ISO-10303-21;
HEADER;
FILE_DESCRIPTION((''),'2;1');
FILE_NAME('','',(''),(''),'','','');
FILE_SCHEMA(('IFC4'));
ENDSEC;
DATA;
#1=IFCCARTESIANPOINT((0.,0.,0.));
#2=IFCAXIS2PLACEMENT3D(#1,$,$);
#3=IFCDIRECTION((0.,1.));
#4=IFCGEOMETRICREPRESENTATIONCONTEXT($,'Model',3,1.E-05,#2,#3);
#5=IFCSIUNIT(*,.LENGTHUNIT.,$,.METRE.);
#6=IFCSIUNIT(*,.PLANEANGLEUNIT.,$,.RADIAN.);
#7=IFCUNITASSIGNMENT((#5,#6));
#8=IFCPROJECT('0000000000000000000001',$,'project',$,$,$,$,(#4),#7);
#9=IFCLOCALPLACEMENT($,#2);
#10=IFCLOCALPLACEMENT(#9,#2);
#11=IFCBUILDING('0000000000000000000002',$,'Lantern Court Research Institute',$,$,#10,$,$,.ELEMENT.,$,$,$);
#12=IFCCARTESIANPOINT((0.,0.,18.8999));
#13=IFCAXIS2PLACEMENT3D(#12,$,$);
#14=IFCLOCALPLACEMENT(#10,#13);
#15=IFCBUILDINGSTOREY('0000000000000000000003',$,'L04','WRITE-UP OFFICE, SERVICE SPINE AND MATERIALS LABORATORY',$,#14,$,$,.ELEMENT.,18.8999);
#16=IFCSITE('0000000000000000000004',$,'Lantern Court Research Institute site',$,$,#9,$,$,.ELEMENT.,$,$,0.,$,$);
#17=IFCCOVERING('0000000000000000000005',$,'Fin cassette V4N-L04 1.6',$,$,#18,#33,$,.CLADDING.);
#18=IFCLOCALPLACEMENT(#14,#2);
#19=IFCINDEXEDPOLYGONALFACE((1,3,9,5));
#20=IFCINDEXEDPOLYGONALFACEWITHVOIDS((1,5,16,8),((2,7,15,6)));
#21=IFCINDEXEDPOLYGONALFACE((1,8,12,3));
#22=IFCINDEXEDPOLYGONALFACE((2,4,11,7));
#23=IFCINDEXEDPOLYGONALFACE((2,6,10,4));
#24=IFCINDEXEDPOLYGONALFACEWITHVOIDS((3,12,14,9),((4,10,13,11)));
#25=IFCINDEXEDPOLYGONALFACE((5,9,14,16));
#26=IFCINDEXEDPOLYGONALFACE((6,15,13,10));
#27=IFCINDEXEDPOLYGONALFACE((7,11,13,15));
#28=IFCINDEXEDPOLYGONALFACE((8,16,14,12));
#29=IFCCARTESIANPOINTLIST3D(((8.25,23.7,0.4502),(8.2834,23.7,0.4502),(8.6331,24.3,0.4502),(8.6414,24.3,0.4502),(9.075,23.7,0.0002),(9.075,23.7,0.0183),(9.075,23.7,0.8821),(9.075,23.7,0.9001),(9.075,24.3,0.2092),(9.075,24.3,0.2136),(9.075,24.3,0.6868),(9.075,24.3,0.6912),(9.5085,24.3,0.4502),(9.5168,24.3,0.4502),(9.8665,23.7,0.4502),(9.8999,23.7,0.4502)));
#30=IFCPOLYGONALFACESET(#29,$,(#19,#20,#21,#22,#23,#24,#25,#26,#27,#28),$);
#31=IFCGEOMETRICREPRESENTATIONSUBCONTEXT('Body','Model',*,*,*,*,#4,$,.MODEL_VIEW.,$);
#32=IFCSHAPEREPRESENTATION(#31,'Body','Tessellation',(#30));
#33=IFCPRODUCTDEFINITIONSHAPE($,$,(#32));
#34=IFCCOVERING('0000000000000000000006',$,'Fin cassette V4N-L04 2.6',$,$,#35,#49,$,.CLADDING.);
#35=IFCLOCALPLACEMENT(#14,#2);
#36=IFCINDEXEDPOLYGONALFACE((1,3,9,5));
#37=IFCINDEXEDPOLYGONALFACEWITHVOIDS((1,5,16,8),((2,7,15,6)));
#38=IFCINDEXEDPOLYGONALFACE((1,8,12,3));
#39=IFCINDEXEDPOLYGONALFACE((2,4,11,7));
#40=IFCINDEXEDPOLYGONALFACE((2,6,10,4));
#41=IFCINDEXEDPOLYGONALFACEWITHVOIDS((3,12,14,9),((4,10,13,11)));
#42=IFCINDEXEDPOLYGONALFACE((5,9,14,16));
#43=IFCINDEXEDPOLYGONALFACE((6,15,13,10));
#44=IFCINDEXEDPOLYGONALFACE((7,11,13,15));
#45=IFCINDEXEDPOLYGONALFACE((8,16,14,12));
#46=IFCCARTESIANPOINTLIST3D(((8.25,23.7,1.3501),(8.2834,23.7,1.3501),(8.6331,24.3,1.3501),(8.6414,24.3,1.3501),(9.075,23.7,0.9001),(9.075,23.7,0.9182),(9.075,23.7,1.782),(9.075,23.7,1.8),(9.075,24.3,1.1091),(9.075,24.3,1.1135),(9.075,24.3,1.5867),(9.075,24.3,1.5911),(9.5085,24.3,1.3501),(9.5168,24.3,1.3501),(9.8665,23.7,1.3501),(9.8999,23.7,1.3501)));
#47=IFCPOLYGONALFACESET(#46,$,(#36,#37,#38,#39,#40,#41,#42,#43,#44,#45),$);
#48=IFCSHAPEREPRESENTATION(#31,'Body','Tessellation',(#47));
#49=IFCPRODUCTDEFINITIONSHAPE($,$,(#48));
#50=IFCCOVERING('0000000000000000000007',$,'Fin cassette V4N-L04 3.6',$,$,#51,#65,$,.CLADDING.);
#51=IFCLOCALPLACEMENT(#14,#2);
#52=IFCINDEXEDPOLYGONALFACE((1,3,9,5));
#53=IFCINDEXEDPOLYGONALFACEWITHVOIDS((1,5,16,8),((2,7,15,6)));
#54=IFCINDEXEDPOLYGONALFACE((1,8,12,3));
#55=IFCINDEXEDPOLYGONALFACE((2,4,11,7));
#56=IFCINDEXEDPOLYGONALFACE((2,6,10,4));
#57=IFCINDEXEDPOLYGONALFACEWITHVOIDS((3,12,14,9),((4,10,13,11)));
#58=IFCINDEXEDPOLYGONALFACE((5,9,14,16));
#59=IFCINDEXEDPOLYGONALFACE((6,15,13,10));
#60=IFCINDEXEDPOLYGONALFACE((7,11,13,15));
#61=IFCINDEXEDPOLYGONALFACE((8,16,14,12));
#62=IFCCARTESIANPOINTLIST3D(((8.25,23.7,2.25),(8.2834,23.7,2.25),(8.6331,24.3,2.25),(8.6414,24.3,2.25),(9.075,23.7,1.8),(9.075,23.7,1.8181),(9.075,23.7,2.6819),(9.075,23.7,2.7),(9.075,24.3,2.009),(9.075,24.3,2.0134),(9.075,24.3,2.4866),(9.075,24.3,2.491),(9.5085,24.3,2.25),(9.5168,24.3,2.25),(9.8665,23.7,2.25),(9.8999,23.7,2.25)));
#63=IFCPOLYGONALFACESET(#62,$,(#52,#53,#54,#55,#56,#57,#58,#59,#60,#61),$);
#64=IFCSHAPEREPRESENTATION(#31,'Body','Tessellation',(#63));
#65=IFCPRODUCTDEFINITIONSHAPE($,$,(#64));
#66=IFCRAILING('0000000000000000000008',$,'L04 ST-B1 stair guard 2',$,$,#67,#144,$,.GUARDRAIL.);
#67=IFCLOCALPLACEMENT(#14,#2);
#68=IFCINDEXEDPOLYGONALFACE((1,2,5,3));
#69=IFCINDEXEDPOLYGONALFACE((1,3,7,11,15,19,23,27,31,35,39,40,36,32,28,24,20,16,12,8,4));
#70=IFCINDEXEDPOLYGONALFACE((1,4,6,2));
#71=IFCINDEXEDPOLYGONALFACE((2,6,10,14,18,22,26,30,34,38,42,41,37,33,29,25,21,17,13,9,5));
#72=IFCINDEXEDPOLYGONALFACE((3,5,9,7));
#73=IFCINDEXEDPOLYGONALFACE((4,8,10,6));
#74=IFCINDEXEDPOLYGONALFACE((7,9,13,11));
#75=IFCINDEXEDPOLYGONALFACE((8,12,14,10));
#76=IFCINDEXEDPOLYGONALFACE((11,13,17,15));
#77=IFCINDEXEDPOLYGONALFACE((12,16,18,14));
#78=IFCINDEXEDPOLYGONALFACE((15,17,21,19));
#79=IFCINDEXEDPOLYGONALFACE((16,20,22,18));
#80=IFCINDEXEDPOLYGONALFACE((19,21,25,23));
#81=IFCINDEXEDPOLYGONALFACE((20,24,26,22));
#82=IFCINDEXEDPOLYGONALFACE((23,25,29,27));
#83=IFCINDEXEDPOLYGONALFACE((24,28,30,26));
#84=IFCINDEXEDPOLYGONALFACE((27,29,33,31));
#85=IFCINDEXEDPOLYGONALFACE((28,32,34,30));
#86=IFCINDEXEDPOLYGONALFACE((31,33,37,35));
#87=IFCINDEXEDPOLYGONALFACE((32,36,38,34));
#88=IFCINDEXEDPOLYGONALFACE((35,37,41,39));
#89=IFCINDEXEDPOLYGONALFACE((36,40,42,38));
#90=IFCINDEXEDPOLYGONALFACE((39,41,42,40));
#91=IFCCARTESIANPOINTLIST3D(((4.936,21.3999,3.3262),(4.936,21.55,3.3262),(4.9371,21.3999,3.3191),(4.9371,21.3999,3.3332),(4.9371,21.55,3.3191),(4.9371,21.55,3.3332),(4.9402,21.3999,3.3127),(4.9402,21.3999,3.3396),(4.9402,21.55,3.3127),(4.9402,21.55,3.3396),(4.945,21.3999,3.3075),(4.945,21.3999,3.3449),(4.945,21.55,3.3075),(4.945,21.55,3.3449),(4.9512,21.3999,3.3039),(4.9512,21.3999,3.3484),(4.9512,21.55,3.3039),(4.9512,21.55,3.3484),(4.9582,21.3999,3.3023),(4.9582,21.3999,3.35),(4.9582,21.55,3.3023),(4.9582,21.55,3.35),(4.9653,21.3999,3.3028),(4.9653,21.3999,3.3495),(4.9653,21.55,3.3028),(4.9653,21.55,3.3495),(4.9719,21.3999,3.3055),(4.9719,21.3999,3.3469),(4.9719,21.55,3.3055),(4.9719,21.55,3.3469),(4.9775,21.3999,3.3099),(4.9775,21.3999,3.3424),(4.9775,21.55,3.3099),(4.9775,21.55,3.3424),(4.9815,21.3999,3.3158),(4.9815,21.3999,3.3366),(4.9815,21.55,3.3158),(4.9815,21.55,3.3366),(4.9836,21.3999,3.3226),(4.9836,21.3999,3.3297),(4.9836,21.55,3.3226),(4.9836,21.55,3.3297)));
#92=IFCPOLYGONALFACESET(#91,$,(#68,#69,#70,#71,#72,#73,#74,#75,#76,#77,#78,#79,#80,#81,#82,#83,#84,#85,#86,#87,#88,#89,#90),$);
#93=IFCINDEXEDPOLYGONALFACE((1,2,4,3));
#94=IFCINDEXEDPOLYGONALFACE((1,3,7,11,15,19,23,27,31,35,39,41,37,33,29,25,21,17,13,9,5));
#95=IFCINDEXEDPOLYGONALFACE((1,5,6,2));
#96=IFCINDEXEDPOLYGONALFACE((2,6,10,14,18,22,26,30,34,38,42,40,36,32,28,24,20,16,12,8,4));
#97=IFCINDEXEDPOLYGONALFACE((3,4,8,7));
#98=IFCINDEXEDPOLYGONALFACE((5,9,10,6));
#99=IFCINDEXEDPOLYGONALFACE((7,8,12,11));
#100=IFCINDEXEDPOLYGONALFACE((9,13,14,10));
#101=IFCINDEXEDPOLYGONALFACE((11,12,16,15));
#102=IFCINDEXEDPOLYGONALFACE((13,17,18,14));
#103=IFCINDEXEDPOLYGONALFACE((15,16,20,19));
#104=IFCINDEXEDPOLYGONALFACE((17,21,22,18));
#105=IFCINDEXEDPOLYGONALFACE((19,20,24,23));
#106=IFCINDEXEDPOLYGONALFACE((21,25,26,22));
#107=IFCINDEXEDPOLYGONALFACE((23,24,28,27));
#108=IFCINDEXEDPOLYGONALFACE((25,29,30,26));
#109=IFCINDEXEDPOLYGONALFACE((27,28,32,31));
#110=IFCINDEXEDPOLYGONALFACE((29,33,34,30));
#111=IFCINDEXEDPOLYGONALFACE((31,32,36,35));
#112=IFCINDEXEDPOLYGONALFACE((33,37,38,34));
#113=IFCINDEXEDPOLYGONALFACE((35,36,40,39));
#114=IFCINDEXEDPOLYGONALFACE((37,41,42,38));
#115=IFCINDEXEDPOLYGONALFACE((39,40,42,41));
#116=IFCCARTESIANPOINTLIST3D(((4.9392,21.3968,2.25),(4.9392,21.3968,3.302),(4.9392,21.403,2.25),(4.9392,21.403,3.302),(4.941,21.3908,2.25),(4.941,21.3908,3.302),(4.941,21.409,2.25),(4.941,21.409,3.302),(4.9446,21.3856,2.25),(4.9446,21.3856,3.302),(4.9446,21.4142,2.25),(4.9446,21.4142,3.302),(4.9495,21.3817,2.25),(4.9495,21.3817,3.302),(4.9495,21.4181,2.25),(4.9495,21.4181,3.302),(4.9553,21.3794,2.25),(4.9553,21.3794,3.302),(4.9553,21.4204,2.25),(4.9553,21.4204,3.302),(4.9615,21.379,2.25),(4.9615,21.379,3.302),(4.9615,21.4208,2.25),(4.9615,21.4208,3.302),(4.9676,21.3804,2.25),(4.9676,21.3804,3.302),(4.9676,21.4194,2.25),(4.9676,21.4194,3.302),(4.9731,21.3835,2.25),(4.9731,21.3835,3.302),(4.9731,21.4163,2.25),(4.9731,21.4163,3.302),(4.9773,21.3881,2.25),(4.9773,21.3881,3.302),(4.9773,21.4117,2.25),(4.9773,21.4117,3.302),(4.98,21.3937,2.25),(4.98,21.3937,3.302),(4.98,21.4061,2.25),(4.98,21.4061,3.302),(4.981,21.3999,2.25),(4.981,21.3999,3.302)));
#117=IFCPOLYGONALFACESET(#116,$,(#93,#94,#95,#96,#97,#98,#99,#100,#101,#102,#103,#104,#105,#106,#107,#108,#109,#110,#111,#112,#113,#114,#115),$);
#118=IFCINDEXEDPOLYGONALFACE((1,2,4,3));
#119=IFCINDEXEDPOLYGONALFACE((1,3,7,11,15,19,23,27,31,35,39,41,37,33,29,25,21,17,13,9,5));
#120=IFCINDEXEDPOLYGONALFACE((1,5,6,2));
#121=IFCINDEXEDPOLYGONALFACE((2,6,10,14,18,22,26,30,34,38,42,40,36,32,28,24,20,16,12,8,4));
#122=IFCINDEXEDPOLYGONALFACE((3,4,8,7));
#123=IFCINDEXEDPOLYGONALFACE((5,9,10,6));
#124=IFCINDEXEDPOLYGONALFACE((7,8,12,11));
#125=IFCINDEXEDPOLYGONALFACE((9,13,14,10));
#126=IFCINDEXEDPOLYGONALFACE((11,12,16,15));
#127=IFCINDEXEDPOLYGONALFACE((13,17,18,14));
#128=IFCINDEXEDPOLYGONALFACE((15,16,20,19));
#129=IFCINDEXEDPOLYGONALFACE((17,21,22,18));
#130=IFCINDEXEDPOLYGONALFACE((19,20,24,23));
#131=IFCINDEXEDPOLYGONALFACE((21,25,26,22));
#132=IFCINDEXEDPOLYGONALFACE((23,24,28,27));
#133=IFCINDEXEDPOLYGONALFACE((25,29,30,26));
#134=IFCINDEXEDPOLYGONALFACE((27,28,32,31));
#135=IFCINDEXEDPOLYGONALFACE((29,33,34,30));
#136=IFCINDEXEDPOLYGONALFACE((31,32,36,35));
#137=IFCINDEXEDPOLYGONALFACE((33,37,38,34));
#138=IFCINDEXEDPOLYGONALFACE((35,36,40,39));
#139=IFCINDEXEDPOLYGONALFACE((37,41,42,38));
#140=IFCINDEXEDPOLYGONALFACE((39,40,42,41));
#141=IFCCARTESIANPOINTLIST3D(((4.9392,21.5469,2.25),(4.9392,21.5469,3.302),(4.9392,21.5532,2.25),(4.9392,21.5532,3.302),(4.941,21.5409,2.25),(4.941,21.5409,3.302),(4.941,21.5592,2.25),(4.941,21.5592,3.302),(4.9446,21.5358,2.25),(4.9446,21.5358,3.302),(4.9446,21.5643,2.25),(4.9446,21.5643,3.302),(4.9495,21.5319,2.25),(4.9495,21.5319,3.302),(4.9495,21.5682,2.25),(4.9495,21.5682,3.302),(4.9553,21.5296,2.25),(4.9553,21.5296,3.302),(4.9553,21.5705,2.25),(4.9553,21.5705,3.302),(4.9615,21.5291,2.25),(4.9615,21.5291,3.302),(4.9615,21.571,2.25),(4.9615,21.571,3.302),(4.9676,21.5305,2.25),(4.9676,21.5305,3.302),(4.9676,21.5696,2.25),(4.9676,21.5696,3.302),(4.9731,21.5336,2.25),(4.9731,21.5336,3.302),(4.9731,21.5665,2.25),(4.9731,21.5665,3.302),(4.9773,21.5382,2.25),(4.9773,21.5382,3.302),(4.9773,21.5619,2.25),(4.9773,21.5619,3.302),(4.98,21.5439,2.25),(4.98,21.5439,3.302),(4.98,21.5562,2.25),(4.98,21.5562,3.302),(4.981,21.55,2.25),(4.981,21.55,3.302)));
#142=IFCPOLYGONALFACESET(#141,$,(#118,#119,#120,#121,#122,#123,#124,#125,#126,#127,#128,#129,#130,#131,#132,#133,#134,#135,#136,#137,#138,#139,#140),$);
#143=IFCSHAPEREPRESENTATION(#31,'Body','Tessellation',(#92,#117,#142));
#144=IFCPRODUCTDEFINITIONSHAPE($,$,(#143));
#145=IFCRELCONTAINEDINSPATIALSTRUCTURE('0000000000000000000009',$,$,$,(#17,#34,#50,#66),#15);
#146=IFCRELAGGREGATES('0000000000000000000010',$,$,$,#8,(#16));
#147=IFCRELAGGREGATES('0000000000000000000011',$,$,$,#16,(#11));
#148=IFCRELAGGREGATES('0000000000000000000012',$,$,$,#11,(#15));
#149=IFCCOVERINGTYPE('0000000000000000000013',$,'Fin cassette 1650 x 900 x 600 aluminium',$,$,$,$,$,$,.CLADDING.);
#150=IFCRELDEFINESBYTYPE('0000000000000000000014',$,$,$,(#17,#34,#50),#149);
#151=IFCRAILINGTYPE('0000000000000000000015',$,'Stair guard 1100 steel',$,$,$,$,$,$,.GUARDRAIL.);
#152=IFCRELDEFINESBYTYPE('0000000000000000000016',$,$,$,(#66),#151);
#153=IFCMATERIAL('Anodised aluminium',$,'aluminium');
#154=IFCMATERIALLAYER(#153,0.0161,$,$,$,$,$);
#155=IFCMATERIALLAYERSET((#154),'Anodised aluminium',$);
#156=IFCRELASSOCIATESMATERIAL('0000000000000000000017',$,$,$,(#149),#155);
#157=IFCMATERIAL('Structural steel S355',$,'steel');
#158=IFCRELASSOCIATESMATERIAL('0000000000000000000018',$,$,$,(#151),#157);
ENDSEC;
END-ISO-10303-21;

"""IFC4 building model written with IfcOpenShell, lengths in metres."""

from ifc_helpers import new_model, entity, si_unit, direction, frame, origin, origin_2d, place, context, subcontext, project, spatial, circle, extrude, material, layer, layer_set, type_object, element, save


model = new_model("IFC4")

# Units and contexts
model_context = context("Model", 3, precision=1e-05, world=origin(), true_north=direction((0.0, 1.0)))
body_context = subcontext(model_context, "Body", "Model", "MODEL_VIEW")
ifc_project = project(units=[si_unit("LENGTHUNIT", "METRE"), si_unit("PLANEANGLEUNIT", "RADIAN")], contexts=[model_context])

# Site, building, storey
site_placement = place(None, origin())
site = spatial("IfcSite", under=ifc_project, at=site_placement, Name="Lantern Court Research Institute site", CompositionType="ELEMENT", RefElevation=0.0)
building_placement = place(site_placement, origin())
building = spatial("IfcBuilding", under=site, at=building_placement, Name="Lantern Court Research Institute", CompositionType="ELEMENT")
storey_placement = place(building_placement, frame((0.0, 0.0, 18.8999)))
storey = spatial("IfcBuildingStorey", under=building, at=storey_placement, Name="L04", Description="WRITE-UP OFFICE, SERVICE SPINE AND MATERIALS LABORATORY", CompositionType="ELEMENT", Elevation=18.8999)

# Coverings
ifc_material_1 = material(Name="Anodised aluminium", Category="aluminium")
ifc_layer_1 = layer(ifc_material_1, 0.0161)
ifc_layer_set_1 = layer_set([ifc_layer_1], Name="Anodised aluminium")
covering_type = type_object("IfcCoveringType", Name="Fin cassette 1650 x 900 x 600 aluminium", PredefinedType="CLADDING", material=ifc_layer_set_1)
covering_1_placement = place(storey_placement, frame((9.075, 23.7, 0.4502), z_axis=(0.0, 1.0, 0.0), x_axis=(-1.0, 0.0, 0.0)))
cartesian_point_1 = entity("IfcCartesianPoint", [0.825, 0.0])
cartesian_point_2 = entity("IfcCartesianPoint", [0.7915, 0.0])
cartesian_point_3 = entity("IfcCartesianPoint", [0.4419, 0.0])
cartesian_point_4 = entity("IfcCartesianPoint", [0.4336, 0.0])
element("IfcCovering", 1, at=covering_1_placement, inside=storey, type_object=covering_type, Name="Fin cassette V4N-L04 1.6", PredefinedType="CLADDING", context=body_context, shape_type="SweptSolid", body=[
    entity("IfcExtrudedAreaSolidTapered", entity("IfcArbitraryProfileDefWithVoids", "AREA", None, entity("IfcPolyline", [cartesian_point_1, entity("IfcCartesianPoint", [0.0, 0.45]), entity("IfcCartesianPoint", [-0.825, 0.0]), entity("IfcCartesianPoint", [0.0, -0.45]), cartesian_point_1]), [entity("IfcPolyline", [cartesian_point_2, entity("IfcCartesianPoint", [0.0, 0.4319]), entity("IfcCartesianPoint", [-0.7915, 0.0]), entity("IfcCartesianPoint", [0.0, -0.4319]), cartesian_point_2])]), entity("IfcAxis2Placement3D", entity("IfcCartesianPoint", [0.0, 0.0, 0.0])), entity("IfcDirection", [0.0, 0.0, 1.0]), 0.6001, entity("IfcArbitraryProfileDefWithVoids", "AREA", None, entity("IfcPolyline", [cartesian_point_3, entity("IfcCartesianPoint", [0.0, 0.241]), entity("IfcCartesianPoint", [-0.4419, 0.0]), entity("IfcCartesianPoint", [0.0, -0.241]), cartesian_point_3]), [entity("IfcPolyline", [cartesian_point_4, entity("IfcCartesianPoint", [0.0, 0.2366]), entity("IfcCartesianPoint", [-0.4336, 0.0]), entity("IfcCartesianPoint", [0.0, -0.2366]), cartesian_point_4])])),
])
covering_2_placement = place(storey_placement, frame((9.075, 23.7, 1.3501), z_axis=(0.0, 1.0, 0.0), x_axis=(-1.0, 0.0, 0.0)))
cartesian_point_5 = entity("IfcCartesianPoint", [0.825, 0.0])
cartesian_point_6 = entity("IfcCartesianPoint", [0.7915, 0.0])
cartesian_point_7 = entity("IfcCartesianPoint", [0.4419, 0.0])
cartesian_point_8 = entity("IfcCartesianPoint", [0.4336, 0.0])
element("IfcCovering", 2, at=covering_2_placement, inside=storey, type_object=covering_type, Name="Fin cassette V4N-L04 2.6", PredefinedType="CLADDING", context=body_context, shape_type="SweptSolid", body=[
    entity("IfcExtrudedAreaSolidTapered", entity("IfcArbitraryProfileDefWithVoids", "AREA", None, entity("IfcPolyline", [cartesian_point_5, entity("IfcCartesianPoint", [0.0, 0.45]), entity("IfcCartesianPoint", [-0.825, 0.0]), entity("IfcCartesianPoint", [0.0, -0.45]), cartesian_point_5]), [entity("IfcPolyline", [cartesian_point_6, entity("IfcCartesianPoint", [0.0, 0.4319]), entity("IfcCartesianPoint", [-0.7915, 0.0]), entity("IfcCartesianPoint", [0.0, -0.4319]), cartesian_point_6])]), entity("IfcAxis2Placement3D", entity("IfcCartesianPoint", [0.0, 0.0, 0.0])), entity("IfcDirection", [0.0, 0.0, 1.0]), 0.6001, entity("IfcArbitraryProfileDefWithVoids", "AREA", None, entity("IfcPolyline", [cartesian_point_7, entity("IfcCartesianPoint", [0.0, 0.241]), entity("IfcCartesianPoint", [-0.4419, 0.0]), entity("IfcCartesianPoint", [0.0, -0.241]), cartesian_point_7]), [entity("IfcPolyline", [cartesian_point_8, entity("IfcCartesianPoint", [0.0, 0.2366]), entity("IfcCartesianPoint", [-0.4336, 0.0]), entity("IfcCartesianPoint", [0.0, -0.2366]), cartesian_point_8])])),
])
covering_3_placement = place(storey_placement, frame((9.075, 23.7, 2.25), z_axis=(0.0, 1.0, 0.0), x_axis=(-1.0, 0.0, 0.0)))
cartesian_point_9 = entity("IfcCartesianPoint", [0.825, 0.0])
cartesian_point_10 = entity("IfcCartesianPoint", [0.7915, 0.0])
cartesian_point_11 = entity("IfcCartesianPoint", [0.4419, 0.0])
cartesian_point_12 = entity("IfcCartesianPoint", [0.4336, 0.0])
element("IfcCovering", 3, at=covering_3_placement, inside=storey, type_object=covering_type, Name="Fin cassette V4N-L04 3.6", PredefinedType="CLADDING", context=body_context, shape_type="SweptSolid", body=[
    entity("IfcExtrudedAreaSolidTapered", entity("IfcArbitraryProfileDefWithVoids", "AREA", None, entity("IfcPolyline", [cartesian_point_9, entity("IfcCartesianPoint", [0.0, 0.45]), entity("IfcCartesianPoint", [-0.825, 0.0]), entity("IfcCartesianPoint", [0.0, -0.45]), cartesian_point_9]), [entity("IfcPolyline", [cartesian_point_10, entity("IfcCartesianPoint", [0.0, 0.4319]), entity("IfcCartesianPoint", [-0.7915, 0.0]), entity("IfcCartesianPoint", [0.0, -0.4319]), cartesian_point_10])]), entity("IfcAxis2Placement3D", entity("IfcCartesianPoint", [0.0, 0.0, 0.0])), entity("IfcDirection", [0.0, 0.0, 1.0]), 0.6001, entity("IfcArbitraryProfileDefWithVoids", "AREA", None, entity("IfcPolyline", [cartesian_point_11, entity("IfcCartesianPoint", [0.0, 0.241]), entity("IfcCartesianPoint", [-0.4419, 0.0]), entity("IfcCartesianPoint", [0.0, -0.241]), cartesian_point_11]), [entity("IfcPolyline", [cartesian_point_12, entity("IfcCartesianPoint", [0.0, 0.2366]), entity("IfcCartesianPoint", [-0.4336, 0.0]), entity("IfcCartesianPoint", [0.0, -0.2366]), cartesian_point_12])])),
])

# Railing
ifc_material_2 = material(Name="Structural steel S355", Category="steel")
railing_type_1 = type_object("IfcRailingType", Name="Stair guard 1100 steel", PredefinedType="GUARDRAIL", material=ifc_material_2)
railing_1_placement = place(storey_placement, frame((4.96, 21.3999, 2.25)))
element("IfcRailing", 4, at=railing_1_placement, inside=storey, type_object=railing_type_1, Name="L04 ST-B1 stair guard 2", PredefinedType="GUARDRAIL", context=body_context, shape_type="SweptSolid", body=[
    extrude(circle(Radius=0.0239, at=origin_2d()), frame((0.0, 0.0, 1.0762), z_axis=(0.0, 1.0, 0.0), x_axis=(-1.0, 0.0, 0.0)), (0.0, 0.0, 1.0), 0.1501),
    extrude(circle(Radius=0.021, at=origin_2d()), origin(), (0.0, 0.0, 1.0), 1.052),
    extrude(circle(Radius=0.021, at=origin_2d()), frame((0.0, 0.1501, 0.0)), (0.0, 0.0, 1.0), 1.052),
])

save(model, "model.ifc")
